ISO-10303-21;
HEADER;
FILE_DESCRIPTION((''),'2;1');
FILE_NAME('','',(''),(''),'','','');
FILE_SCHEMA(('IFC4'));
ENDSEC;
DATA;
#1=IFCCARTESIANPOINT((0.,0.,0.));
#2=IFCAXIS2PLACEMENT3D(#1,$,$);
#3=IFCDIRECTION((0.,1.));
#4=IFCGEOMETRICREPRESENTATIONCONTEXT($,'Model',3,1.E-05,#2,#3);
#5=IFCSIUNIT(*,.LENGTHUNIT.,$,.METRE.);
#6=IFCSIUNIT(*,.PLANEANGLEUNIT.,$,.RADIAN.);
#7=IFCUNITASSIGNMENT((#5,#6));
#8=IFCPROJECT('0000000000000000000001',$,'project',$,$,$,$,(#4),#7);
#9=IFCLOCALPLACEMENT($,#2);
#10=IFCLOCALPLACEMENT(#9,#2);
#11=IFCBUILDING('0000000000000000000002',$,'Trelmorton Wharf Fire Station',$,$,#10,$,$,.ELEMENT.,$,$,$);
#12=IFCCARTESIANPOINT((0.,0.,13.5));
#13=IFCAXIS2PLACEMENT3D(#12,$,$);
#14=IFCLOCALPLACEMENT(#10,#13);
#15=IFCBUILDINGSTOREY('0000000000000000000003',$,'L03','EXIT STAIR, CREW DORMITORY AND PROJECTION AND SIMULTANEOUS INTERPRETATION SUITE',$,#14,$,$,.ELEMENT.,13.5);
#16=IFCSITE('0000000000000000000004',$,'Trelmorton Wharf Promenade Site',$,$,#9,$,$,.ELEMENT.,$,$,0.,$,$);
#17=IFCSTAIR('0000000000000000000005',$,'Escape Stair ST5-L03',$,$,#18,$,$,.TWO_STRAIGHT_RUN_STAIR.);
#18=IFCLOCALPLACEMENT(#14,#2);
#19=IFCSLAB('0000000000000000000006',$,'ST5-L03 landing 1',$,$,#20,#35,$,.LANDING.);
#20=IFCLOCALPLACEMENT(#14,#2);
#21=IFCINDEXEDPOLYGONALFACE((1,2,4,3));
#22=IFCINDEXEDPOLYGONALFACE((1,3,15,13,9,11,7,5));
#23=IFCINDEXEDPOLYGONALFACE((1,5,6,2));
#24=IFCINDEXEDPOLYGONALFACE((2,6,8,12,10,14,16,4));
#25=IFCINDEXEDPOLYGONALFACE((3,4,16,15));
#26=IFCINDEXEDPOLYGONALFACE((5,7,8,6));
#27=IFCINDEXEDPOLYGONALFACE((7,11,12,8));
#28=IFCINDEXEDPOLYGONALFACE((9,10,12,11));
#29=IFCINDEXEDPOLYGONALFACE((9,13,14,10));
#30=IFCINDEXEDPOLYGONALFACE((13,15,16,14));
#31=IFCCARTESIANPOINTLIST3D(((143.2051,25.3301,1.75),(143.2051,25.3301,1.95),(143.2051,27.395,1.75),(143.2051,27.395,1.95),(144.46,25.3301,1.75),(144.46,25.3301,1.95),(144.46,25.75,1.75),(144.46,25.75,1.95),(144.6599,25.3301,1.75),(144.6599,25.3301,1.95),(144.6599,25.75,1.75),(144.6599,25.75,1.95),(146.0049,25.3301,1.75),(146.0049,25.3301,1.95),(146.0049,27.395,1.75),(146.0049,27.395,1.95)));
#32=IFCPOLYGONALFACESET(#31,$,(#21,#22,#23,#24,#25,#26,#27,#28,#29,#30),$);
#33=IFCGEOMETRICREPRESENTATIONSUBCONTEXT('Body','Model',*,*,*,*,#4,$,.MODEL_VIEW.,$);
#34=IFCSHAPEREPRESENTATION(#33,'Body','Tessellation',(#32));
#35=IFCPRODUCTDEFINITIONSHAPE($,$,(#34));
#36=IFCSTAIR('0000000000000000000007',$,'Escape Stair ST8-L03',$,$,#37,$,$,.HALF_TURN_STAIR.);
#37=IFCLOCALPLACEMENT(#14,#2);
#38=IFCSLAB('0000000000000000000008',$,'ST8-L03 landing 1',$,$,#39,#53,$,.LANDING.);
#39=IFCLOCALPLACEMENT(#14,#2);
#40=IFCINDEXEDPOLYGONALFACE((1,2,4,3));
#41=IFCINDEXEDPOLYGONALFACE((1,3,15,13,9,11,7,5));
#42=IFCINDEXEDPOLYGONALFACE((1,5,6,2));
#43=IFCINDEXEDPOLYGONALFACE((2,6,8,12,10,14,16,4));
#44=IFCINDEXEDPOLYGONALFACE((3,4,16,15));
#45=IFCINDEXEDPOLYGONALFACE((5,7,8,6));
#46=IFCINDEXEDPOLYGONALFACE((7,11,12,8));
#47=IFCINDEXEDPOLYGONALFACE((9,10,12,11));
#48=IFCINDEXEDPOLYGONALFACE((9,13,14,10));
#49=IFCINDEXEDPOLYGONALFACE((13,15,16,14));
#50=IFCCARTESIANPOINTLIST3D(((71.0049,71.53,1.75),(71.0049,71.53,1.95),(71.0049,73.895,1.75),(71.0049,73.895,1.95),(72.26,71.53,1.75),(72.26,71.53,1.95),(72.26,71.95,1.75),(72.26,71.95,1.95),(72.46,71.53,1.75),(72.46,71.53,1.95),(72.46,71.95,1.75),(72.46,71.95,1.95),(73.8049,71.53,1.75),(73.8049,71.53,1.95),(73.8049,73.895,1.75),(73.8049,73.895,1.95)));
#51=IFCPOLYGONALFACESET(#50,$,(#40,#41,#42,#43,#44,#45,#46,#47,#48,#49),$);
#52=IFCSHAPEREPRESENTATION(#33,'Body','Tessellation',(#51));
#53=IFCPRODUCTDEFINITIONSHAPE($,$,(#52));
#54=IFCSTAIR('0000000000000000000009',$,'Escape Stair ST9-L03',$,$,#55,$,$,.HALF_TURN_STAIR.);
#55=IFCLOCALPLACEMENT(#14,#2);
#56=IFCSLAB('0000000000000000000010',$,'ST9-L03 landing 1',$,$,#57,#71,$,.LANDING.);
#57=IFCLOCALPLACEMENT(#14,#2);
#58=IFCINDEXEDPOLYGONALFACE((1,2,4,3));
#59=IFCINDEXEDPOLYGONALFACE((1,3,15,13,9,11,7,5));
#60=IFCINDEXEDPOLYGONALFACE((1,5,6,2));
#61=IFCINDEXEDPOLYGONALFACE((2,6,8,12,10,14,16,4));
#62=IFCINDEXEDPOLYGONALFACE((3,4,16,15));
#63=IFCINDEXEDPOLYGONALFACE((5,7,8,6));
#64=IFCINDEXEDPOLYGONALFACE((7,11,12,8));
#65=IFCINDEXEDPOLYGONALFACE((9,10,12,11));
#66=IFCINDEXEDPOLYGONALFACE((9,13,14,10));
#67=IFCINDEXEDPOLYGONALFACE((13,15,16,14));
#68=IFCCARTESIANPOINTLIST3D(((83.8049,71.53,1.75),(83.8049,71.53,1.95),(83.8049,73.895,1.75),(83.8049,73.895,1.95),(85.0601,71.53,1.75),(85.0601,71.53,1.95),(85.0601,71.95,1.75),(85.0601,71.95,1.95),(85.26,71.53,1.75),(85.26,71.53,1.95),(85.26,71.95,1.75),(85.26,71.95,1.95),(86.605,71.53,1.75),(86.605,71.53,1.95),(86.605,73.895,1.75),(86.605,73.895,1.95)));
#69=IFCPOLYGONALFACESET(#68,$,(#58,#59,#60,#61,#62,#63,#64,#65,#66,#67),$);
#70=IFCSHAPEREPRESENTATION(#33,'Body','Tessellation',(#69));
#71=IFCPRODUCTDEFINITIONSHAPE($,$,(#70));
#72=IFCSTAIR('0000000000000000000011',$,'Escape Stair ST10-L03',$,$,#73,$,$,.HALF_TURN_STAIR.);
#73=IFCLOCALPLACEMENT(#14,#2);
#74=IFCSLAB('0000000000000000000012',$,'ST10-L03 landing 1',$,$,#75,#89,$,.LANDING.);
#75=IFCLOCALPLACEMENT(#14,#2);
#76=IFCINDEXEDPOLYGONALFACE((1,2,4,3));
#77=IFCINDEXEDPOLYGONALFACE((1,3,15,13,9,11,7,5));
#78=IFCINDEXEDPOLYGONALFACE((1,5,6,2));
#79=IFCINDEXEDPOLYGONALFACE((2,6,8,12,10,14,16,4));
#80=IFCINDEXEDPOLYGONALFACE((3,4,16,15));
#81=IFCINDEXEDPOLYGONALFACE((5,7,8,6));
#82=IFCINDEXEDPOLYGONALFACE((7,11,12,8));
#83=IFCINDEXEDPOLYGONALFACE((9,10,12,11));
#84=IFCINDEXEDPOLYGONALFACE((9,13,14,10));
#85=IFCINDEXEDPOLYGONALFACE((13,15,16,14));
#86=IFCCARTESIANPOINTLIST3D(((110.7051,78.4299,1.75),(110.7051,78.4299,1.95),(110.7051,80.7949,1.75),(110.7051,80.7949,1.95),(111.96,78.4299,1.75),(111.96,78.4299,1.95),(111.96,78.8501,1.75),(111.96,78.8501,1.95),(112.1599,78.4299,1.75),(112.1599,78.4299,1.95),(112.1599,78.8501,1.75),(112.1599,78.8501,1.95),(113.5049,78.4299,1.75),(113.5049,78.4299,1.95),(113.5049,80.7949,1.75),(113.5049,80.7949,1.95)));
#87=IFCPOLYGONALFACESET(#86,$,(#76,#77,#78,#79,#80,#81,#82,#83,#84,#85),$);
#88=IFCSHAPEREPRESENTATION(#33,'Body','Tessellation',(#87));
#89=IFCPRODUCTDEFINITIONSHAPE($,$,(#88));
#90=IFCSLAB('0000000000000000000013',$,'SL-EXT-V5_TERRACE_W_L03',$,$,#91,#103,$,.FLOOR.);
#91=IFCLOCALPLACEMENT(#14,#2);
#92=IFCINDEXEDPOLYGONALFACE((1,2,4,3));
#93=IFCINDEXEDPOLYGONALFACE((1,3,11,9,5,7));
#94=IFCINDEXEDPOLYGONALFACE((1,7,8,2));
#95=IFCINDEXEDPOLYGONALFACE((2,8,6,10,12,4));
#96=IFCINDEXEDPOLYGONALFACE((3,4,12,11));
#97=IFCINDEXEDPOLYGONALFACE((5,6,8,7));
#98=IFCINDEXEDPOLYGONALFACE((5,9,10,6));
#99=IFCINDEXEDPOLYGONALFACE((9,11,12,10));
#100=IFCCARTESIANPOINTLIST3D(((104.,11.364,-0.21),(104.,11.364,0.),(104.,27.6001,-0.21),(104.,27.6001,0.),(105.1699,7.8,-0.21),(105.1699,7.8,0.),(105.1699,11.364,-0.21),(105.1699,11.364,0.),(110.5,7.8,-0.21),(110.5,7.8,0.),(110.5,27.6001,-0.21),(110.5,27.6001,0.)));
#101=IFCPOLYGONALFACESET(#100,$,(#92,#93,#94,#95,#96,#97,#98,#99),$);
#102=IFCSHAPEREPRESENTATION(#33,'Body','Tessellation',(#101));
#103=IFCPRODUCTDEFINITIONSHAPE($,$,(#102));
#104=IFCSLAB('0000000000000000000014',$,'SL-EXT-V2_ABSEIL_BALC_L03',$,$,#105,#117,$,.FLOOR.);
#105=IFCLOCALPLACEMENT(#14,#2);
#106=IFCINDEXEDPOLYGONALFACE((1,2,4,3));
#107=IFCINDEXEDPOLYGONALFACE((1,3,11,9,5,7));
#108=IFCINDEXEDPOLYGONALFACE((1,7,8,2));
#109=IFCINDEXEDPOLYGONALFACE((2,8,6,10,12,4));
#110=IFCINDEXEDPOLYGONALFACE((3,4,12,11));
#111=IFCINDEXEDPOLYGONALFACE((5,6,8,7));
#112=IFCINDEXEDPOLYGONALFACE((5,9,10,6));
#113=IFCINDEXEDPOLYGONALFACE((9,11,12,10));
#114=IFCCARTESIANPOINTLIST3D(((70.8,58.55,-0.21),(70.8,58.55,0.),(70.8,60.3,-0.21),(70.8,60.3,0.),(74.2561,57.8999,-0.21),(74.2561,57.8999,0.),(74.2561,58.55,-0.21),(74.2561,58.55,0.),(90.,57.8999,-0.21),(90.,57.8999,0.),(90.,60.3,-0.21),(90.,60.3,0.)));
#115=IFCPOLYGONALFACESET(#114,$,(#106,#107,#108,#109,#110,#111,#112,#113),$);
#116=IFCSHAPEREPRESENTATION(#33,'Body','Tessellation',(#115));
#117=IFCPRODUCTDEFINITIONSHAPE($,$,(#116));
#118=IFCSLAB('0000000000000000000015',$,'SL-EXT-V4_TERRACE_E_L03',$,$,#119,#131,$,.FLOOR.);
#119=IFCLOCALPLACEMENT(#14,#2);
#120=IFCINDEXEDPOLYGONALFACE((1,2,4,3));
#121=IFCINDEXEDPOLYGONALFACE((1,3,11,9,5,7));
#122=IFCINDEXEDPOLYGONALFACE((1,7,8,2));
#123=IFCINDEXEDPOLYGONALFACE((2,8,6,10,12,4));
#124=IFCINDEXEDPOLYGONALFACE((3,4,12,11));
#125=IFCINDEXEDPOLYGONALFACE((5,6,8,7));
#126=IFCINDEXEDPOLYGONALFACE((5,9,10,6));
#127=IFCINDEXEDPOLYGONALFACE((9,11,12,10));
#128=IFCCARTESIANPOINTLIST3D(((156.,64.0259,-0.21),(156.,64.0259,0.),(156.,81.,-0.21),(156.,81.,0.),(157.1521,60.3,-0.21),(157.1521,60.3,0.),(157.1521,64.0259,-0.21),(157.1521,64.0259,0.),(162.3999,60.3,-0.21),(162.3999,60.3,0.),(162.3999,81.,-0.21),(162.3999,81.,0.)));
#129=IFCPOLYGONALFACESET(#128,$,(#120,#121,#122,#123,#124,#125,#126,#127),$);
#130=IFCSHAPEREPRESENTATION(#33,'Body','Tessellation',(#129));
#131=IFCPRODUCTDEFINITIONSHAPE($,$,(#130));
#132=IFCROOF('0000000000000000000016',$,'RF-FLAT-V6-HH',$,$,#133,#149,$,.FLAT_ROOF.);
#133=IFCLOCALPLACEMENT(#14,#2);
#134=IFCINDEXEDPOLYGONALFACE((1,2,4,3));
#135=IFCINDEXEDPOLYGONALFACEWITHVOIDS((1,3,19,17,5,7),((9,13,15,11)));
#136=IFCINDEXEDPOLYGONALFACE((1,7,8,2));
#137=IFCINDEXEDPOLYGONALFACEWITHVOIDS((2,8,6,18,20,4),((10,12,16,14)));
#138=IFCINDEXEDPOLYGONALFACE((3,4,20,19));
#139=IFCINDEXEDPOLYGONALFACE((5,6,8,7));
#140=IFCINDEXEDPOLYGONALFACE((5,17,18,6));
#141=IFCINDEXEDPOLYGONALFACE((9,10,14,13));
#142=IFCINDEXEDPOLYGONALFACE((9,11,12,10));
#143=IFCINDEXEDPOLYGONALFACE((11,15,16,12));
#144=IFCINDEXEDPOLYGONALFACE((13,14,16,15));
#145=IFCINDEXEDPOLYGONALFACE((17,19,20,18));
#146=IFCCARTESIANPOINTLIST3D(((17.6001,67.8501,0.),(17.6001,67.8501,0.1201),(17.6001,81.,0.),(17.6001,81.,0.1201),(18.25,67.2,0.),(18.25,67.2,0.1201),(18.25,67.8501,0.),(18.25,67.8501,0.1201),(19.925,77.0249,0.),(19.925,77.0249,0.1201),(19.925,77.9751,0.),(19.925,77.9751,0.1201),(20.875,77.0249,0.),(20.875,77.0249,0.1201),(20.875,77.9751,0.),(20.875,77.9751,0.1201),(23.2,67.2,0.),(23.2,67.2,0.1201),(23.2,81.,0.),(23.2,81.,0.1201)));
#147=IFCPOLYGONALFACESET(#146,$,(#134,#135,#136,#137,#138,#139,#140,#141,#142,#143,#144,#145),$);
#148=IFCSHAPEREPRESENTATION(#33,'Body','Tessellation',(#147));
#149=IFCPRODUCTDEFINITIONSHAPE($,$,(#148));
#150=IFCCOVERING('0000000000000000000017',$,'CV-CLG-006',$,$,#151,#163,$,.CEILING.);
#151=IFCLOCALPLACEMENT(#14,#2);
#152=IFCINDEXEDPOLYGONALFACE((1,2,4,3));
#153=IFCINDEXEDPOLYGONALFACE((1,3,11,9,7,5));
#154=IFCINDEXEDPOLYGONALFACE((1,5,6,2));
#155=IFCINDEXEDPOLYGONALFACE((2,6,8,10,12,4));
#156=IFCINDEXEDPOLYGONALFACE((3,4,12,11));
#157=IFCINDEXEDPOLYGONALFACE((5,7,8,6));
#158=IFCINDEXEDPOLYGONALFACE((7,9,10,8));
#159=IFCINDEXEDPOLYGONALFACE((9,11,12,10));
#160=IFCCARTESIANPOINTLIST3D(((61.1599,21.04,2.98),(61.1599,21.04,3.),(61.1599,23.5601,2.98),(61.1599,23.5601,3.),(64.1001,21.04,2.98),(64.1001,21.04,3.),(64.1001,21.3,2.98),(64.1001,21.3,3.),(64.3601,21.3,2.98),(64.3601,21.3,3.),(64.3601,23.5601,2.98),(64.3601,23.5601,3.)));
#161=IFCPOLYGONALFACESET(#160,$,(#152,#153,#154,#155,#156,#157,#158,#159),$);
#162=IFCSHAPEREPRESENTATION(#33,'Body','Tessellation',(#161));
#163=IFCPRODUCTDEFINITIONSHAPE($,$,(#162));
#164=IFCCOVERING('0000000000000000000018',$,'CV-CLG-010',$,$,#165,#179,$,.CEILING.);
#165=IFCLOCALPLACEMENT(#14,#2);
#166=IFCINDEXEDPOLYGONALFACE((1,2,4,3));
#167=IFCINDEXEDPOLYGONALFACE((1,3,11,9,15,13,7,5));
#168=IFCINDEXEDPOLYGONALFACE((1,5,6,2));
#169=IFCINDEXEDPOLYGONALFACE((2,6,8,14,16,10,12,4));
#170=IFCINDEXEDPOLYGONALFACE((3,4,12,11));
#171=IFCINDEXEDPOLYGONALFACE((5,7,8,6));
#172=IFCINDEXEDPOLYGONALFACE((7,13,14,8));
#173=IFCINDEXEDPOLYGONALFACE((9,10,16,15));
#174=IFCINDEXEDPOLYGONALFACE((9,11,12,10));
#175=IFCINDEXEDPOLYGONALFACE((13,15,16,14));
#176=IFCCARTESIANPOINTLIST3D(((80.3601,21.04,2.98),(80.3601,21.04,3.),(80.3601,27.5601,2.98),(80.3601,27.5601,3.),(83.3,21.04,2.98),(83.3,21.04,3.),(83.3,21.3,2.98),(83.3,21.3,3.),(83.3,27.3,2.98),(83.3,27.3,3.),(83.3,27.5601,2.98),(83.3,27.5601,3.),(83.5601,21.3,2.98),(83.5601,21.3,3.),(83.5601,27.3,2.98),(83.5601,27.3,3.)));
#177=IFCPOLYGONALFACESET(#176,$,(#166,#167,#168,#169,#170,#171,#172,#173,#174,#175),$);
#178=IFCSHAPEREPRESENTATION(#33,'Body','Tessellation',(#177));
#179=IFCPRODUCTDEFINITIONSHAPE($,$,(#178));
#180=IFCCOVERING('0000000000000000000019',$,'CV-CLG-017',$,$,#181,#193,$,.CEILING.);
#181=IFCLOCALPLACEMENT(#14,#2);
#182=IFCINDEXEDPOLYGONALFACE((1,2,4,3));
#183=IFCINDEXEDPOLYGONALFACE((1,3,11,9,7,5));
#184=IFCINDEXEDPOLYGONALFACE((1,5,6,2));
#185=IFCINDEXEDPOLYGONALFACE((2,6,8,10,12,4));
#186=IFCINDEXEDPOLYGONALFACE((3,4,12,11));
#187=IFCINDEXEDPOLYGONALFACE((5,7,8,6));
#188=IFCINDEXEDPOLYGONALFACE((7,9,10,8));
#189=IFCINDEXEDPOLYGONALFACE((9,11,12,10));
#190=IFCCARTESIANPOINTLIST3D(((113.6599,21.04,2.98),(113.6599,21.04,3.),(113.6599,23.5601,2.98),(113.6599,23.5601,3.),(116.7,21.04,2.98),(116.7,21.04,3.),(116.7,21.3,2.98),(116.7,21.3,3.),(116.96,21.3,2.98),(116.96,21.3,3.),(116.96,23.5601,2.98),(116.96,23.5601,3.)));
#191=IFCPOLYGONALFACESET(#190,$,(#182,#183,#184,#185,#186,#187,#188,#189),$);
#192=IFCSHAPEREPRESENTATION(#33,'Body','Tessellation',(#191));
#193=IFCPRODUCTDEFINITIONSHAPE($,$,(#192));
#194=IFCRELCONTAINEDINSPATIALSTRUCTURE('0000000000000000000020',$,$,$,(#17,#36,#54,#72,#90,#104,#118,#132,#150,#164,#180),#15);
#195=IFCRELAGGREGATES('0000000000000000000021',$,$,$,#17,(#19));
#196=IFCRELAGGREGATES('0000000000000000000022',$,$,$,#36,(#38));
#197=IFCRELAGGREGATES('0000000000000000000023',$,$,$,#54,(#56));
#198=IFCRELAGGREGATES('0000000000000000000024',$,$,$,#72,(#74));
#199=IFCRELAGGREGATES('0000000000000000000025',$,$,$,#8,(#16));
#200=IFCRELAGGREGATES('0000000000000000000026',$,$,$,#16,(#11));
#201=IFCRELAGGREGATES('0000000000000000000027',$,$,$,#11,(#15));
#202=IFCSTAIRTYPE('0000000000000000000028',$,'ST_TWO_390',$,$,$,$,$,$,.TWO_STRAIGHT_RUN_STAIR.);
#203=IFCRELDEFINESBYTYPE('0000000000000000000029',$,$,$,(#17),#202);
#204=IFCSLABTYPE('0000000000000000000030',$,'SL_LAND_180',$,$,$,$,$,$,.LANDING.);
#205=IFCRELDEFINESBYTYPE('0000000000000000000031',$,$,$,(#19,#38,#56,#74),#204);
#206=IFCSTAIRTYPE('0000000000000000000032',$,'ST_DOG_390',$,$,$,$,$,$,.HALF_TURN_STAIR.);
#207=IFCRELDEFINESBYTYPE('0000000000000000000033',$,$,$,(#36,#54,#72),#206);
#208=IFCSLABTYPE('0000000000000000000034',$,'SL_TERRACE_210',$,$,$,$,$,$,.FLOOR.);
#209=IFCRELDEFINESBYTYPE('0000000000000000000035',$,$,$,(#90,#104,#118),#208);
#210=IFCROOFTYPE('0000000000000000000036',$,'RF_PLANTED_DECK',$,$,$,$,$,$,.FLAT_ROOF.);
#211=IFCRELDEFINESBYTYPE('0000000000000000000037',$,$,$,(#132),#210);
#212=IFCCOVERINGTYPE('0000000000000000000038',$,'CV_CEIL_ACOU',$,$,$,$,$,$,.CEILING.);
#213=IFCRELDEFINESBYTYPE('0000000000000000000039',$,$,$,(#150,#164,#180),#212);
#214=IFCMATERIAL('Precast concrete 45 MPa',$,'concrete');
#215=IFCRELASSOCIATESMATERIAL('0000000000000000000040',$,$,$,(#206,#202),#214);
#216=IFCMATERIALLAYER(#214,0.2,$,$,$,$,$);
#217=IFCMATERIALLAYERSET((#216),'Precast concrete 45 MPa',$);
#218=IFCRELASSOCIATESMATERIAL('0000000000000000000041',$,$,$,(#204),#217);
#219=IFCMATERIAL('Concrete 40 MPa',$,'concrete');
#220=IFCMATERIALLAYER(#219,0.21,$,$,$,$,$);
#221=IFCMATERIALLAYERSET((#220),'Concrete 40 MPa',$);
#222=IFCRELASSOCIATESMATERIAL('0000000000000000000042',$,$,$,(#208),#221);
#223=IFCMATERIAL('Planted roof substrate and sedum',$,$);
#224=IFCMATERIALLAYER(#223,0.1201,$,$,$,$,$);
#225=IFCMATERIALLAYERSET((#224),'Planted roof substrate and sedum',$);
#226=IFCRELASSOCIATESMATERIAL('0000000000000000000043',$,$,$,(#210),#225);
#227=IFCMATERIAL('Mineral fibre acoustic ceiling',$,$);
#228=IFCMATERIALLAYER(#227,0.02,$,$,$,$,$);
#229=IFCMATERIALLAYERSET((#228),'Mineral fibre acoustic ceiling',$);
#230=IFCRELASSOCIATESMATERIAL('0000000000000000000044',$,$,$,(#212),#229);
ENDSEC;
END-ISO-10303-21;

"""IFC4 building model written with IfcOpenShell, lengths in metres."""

from ifc_helpers import new_model, si_unit, direction, frame, origin, place, context, subcontext, project, spatial, polyline, outline, extrude, material, layer, layer_set, type_object, element, aggregate, save


model = new_model("IFC4")

# Units and contexts
model_context = context("Model", 3, precision=1e-05, world=origin(), true_north=direction((0.0, 1.0)))
body_context = subcontext(model_context, "Body", "Model", "MODEL_VIEW")
ifc_project = project(units=[si_unit("LENGTHUNIT", "METRE"), si_unit("PLANEANGLEUNIT", "RADIAN")], contexts=[model_context])

# Site, building, storey
site_placement = place(None, origin())
site = spatial("IfcSite", under=ifc_project, at=site_placement, Name="Trelmorton Wharf Promenade Site", CompositionType="ELEMENT", RefElevation=0.0)
building_placement = place(site_placement, origin())
building = spatial("IfcBuilding", under=site, at=building_placement, Name="Trelmorton Wharf Fire Station", CompositionType="ELEMENT")
storey_placement = place(building_placement, frame((0.0, 0.0, 13.5)))
storey = spatial("IfcBuildingStorey", under=building, at=storey_placement, Name="L03", Description="EXIT STAIR, CREW DORMITORY AND PROJECTION AND SIMULTANEOUS INTERPRETATION SUITE", CompositionType="ELEMENT", Elevation=13.5)

# Shared definitions
ifc_material_1 = material(Name="Concrete 40 MPa", Category="concrete")

# Stairs, slabs
ifc_material_2 = material(Name="Precast concrete 45 MPa", Category="concrete")
stair_type_1 = type_object("IfcStairType", Name="ST_DOG_390", PredefinedType="HALF_TURN_STAIR", material=ifc_material_2)
ifc_layer_1 = layer(ifc_material_2, 0.2)
ifc_layer_set_1 = layer_set([ifc_layer_1], Name="Precast concrete 45 MPa")
slab_type_1 = type_object("IfcSlabType", Name="SL_LAND_180", PredefinedType="LANDING", material=ifc_layer_set_1)
stair_type_2 = type_object("IfcStairType", Name="ST_TWO_390", PredefinedType="TWO_STRAIGHT_RUN_STAIR", material=ifc_material_2)
stair_1_placement = place(storey_placement, origin())
stair_1 = element("IfcStair", 1, at=stair_1_placement, inside=storey, type_object=stair_type_2, Name="Escape Stair ST5-L03", PredefinedType="TWO_STRAIGHT_RUN_STAIR")
slab_1_placement = place(storey_placement, frame((0.0, 0.0, 1.75)))
slab_1 = element("IfcSlab", 2, at=slab_1_placement, type_object=slab_type_1, Name="ST5-L03 landing 1", PredefinedType="LANDING", context=body_context, shape_type="SweptSolid", body=[
    extrude(outline(polyline([(143.2051, 25.3301), (144.46, 25.3301), (144.46, 25.75), (144.6599, 25.75), (144.6599, 25.3301), (146.0049, 25.3301), (146.0049, 27.395), (143.2051, 27.395), (143.2051, 25.3301)])), origin(), (0.0, 0.0, 1.0), 0.2),
])
aggregate(stair_1, [slab_1])
stair_2_placement = place(storey_placement, origin())
stair_2 = element("IfcStair", 3, at=stair_2_placement, inside=storey, type_object=stair_type_1, Name="Escape Stair ST8-L03", PredefinedType="HALF_TURN_STAIR")
slab_2_placement = place(storey_placement, frame((0.0, 0.0, 1.75)))
slab_2 = element("IfcSlab", 4, at=slab_2_placement, type_object=slab_type_1, Name="ST8-L03 landing 1", PredefinedType="LANDING", context=body_context, shape_type="SweptSolid", body=[
    extrude(outline(polyline([(71.0049, 71.53), (72.26, 71.53), (72.26, 71.95), (72.46, 71.95), (72.46, 71.53), (73.8049, 71.53), (73.8049, 73.895), (71.0049, 73.895), (71.0049, 71.53)])), origin(), (0.0, 0.0, 1.0), 0.2),
])
aggregate(stair_2, [slab_2])
stair_3_placement = place(storey_placement, origin())
stair_3 = element("IfcStair", 5, at=stair_3_placement, inside=storey, type_object=stair_type_1, Name="Escape Stair ST9-L03", PredefinedType="HALF_TURN_STAIR")
slab_3_placement = place(storey_placement, frame((0.0, 0.0, 1.75)))
slab_3 = element("IfcSlab", 6, at=slab_3_placement, type_object=slab_type_1, Name="ST9-L03 landing 1", PredefinedType="LANDING", context=body_context, shape_type="SweptSolid", body=[
    extrude(outline(polyline([(83.8049, 71.53), (85.0601, 71.53), (85.0601, 71.95), (85.26, 71.95), (85.26, 71.53), (86.605, 71.53), (86.605, 73.895), (83.8049, 73.895), (83.8049, 71.53)])), origin(), (0.0, 0.0, 1.0), 0.2),
])
aggregate(stair_3, [slab_3])
stair_4_placement = place(storey_placement, origin())
stair_4 = element("IfcStair", 7, at=stair_4_placement, inside=storey, type_object=stair_type_1, Name="Escape Stair ST10-L03", PredefinedType="HALF_TURN_STAIR")
slab_4_placement = place(storey_placement, frame((0.0, 0.0, 1.75)))
slab_4 = element("IfcSlab", 8, at=slab_4_placement, type_object=slab_type_1, Name="ST10-L03 landing 1", PredefinedType="LANDING", context=body_context, shape_type="SweptSolid", body=[
    extrude(outline(polyline([(110.7051, 78.4299), (111.96, 78.4299), (111.96, 78.8501), (112.1599, 78.8501), (112.1599, 78.4299), (113.5049, 78.4299), (113.5049, 80.7949), (110.7051, 80.7949), (110.7051, 78.4299)])), origin(), (0.0, 0.0, 1.0), 0.2),
])
aggregate(stair_4, [slab_4])

# Slabs
ifc_layer_2 = layer(ifc_material_1, 0.21)
ifc_layer_set_2 = layer_set([ifc_layer_2], Name="Concrete 40 MPa")
slab_type_2 = type_object("IfcSlabType", Name="SL_TERRACE_210", PredefinedType="FLOOR", material=ifc_layer_set_2)
slab_5_placement = place(storey_placement, frame((0.0, 0.0, -0.21)))
element("IfcSlab", 9, at=slab_5_placement, inside=storey, type_object=slab_type_2, Name="SL-EXT-V5_TERRACE_W_L03", PredefinedType="FLOOR", context=body_context, shape_type="SweptSolid", body=[
    extrude(outline(polyline([(104.0, 27.6001), (110.5, 27.6001), (110.5, 7.8), (105.1699, 7.8), (105.1699, 11.364), (104.0, 11.364), (104.0, 27.6001)])), origin(), (0.0, 0.0, 1.0), 0.21),
])
slab_6_placement = place(storey_placement, frame((0.0, 0.0, -0.21)))
element("IfcSlab", 10, at=slab_6_placement, inside=storey, type_object=slab_type_2, Name="SL-EXT-V2_ABSEIL_BALC_L03", PredefinedType="FLOOR", context=body_context, shape_type="SweptSolid", body=[
    extrude(outline(polyline([(70.8, 60.3), (90.0, 60.3), (90.0, 57.8999), (74.2561, 57.8999), (74.2561, 58.55), (70.8, 58.55), (70.8, 60.3)])), origin(), (0.0, 0.0, 1.0), 0.21),
])
slab_7_placement = place(storey_placement, frame((0.0, 0.0, -0.21)))
element("IfcSlab", 11, at=slab_7_placement, inside=storey, type_object=slab_type_2, Name="SL-EXT-V4_TERRACE_E_L03", PredefinedType="FLOOR", context=body_context, shape_type="SweptSolid", body=[
    extrude(outline(polyline([(156.0, 81.0), (162.3999, 81.0), (162.3999, 60.3), (157.1521, 60.3), (157.1521, 64.0259), (156.0, 64.0259), (156.0, 81.0)])), origin(), (0.0, 0.0, 1.0), 0.21),
])

# Roof
ifc_material_3 = material(Name="Planted roof substrate and sedum")
ifc_layer_3 = layer(ifc_material_3, 0.1201)
ifc_layer_set_3 = layer_set([ifc_layer_3], Name="Planted roof substrate and sedum")
roof_type = type_object("IfcRoofType", Name="RF_PLANTED_DECK", PredefinedType="FLAT_ROOF", material=ifc_layer_set_3)
roof_placement = place(storey_placement, origin())
element("IfcRoof", 12, at=roof_placement, inside=storey, type_object=roof_type, Name="RF-FLAT-V6-HH", PredefinedType="FLAT_ROOF", context=body_context, shape_type="SweptSolid", body=[
    extrude(outline(polyline([(23.2, 81.0), (23.2, 67.2), (18.25, 67.2), (18.25, 67.8501), (17.6001, 67.8501), (17.6001, 81.0), (23.2, 81.0)]), holes=[polyline([(20.875, 77.9751), (19.925, 77.9751), (19.925, 77.0249), (20.875, 77.0249), (20.875, 77.9751)])]), origin(), (0.0, 0.0, 1.0), 0.1201),
])

# Coverings
ifc_material_4 = material(Name="Mineral fibre acoustic ceiling")
ifc_layer_4 = layer(ifc_material_4, 0.02)
ifc_layer_set_4 = layer_set([ifc_layer_4], Name="Mineral fibre acoustic ceiling")
covering_type = type_object("IfcCoveringType", Name="CV_CEIL_ACOU", PredefinedType="CEILING", material=ifc_layer_set_4)
covering_1_placement = place(storey_placement, frame((0.0, 0.0, 2.98)))
element("IfcCovering", 13, at=covering_1_placement, inside=storey, type_object=covering_type, Name="CV-CLG-006", PredefinedType="CEILING", context=body_context, shape_type="SweptSolid", body=[
    extrude(outline(polyline([(61.1599, 21.04), (61.1599, 23.5601), (64.3601, 23.5601), (64.3601, 21.3), (64.1001, 21.3), (64.1001, 21.04), (61.1599, 21.04)])), origin(), (0.0, 0.0, 1.0), 0.02),
])
covering_2_placement = place(storey_placement, frame((0.0, 0.0, 2.98)))
element("IfcCovering", 14, at=covering_2_placement, inside=storey, type_object=covering_type, Name="CV-CLG-010", PredefinedType="CEILING", context=body_context, shape_type="SweptSolid", body=[
    extrude(outline(polyline([(80.3601, 27.5601), (83.3, 27.5601), (83.3, 27.3), (83.5601, 27.3), (83.5601, 21.3), (83.3, 21.3), (83.3, 21.04), (80.3601, 21.04), (80.3601, 27.5601)])), origin(), (0.0, 0.0, 1.0), 0.02),
])
covering_3_placement = place(storey_placement, frame((0.0, 0.0, 2.98)))
element("IfcCovering", 15, at=covering_3_placement, inside=storey, type_object=covering_type, Name="CV-CLG-017", PredefinedType="CEILING", context=body_context, shape_type="SweptSolid", body=[
    extrude(outline(polyline([(113.6599, 21.04), (113.6599, 23.5601), (116.96, 23.5601), (116.96, 21.3), (116.7, 21.3), (116.7, 21.04), (113.6599, 21.04)])), origin(), (0.0, 0.0, 1.0), 0.02),
])

save(model, "model.ifc")
